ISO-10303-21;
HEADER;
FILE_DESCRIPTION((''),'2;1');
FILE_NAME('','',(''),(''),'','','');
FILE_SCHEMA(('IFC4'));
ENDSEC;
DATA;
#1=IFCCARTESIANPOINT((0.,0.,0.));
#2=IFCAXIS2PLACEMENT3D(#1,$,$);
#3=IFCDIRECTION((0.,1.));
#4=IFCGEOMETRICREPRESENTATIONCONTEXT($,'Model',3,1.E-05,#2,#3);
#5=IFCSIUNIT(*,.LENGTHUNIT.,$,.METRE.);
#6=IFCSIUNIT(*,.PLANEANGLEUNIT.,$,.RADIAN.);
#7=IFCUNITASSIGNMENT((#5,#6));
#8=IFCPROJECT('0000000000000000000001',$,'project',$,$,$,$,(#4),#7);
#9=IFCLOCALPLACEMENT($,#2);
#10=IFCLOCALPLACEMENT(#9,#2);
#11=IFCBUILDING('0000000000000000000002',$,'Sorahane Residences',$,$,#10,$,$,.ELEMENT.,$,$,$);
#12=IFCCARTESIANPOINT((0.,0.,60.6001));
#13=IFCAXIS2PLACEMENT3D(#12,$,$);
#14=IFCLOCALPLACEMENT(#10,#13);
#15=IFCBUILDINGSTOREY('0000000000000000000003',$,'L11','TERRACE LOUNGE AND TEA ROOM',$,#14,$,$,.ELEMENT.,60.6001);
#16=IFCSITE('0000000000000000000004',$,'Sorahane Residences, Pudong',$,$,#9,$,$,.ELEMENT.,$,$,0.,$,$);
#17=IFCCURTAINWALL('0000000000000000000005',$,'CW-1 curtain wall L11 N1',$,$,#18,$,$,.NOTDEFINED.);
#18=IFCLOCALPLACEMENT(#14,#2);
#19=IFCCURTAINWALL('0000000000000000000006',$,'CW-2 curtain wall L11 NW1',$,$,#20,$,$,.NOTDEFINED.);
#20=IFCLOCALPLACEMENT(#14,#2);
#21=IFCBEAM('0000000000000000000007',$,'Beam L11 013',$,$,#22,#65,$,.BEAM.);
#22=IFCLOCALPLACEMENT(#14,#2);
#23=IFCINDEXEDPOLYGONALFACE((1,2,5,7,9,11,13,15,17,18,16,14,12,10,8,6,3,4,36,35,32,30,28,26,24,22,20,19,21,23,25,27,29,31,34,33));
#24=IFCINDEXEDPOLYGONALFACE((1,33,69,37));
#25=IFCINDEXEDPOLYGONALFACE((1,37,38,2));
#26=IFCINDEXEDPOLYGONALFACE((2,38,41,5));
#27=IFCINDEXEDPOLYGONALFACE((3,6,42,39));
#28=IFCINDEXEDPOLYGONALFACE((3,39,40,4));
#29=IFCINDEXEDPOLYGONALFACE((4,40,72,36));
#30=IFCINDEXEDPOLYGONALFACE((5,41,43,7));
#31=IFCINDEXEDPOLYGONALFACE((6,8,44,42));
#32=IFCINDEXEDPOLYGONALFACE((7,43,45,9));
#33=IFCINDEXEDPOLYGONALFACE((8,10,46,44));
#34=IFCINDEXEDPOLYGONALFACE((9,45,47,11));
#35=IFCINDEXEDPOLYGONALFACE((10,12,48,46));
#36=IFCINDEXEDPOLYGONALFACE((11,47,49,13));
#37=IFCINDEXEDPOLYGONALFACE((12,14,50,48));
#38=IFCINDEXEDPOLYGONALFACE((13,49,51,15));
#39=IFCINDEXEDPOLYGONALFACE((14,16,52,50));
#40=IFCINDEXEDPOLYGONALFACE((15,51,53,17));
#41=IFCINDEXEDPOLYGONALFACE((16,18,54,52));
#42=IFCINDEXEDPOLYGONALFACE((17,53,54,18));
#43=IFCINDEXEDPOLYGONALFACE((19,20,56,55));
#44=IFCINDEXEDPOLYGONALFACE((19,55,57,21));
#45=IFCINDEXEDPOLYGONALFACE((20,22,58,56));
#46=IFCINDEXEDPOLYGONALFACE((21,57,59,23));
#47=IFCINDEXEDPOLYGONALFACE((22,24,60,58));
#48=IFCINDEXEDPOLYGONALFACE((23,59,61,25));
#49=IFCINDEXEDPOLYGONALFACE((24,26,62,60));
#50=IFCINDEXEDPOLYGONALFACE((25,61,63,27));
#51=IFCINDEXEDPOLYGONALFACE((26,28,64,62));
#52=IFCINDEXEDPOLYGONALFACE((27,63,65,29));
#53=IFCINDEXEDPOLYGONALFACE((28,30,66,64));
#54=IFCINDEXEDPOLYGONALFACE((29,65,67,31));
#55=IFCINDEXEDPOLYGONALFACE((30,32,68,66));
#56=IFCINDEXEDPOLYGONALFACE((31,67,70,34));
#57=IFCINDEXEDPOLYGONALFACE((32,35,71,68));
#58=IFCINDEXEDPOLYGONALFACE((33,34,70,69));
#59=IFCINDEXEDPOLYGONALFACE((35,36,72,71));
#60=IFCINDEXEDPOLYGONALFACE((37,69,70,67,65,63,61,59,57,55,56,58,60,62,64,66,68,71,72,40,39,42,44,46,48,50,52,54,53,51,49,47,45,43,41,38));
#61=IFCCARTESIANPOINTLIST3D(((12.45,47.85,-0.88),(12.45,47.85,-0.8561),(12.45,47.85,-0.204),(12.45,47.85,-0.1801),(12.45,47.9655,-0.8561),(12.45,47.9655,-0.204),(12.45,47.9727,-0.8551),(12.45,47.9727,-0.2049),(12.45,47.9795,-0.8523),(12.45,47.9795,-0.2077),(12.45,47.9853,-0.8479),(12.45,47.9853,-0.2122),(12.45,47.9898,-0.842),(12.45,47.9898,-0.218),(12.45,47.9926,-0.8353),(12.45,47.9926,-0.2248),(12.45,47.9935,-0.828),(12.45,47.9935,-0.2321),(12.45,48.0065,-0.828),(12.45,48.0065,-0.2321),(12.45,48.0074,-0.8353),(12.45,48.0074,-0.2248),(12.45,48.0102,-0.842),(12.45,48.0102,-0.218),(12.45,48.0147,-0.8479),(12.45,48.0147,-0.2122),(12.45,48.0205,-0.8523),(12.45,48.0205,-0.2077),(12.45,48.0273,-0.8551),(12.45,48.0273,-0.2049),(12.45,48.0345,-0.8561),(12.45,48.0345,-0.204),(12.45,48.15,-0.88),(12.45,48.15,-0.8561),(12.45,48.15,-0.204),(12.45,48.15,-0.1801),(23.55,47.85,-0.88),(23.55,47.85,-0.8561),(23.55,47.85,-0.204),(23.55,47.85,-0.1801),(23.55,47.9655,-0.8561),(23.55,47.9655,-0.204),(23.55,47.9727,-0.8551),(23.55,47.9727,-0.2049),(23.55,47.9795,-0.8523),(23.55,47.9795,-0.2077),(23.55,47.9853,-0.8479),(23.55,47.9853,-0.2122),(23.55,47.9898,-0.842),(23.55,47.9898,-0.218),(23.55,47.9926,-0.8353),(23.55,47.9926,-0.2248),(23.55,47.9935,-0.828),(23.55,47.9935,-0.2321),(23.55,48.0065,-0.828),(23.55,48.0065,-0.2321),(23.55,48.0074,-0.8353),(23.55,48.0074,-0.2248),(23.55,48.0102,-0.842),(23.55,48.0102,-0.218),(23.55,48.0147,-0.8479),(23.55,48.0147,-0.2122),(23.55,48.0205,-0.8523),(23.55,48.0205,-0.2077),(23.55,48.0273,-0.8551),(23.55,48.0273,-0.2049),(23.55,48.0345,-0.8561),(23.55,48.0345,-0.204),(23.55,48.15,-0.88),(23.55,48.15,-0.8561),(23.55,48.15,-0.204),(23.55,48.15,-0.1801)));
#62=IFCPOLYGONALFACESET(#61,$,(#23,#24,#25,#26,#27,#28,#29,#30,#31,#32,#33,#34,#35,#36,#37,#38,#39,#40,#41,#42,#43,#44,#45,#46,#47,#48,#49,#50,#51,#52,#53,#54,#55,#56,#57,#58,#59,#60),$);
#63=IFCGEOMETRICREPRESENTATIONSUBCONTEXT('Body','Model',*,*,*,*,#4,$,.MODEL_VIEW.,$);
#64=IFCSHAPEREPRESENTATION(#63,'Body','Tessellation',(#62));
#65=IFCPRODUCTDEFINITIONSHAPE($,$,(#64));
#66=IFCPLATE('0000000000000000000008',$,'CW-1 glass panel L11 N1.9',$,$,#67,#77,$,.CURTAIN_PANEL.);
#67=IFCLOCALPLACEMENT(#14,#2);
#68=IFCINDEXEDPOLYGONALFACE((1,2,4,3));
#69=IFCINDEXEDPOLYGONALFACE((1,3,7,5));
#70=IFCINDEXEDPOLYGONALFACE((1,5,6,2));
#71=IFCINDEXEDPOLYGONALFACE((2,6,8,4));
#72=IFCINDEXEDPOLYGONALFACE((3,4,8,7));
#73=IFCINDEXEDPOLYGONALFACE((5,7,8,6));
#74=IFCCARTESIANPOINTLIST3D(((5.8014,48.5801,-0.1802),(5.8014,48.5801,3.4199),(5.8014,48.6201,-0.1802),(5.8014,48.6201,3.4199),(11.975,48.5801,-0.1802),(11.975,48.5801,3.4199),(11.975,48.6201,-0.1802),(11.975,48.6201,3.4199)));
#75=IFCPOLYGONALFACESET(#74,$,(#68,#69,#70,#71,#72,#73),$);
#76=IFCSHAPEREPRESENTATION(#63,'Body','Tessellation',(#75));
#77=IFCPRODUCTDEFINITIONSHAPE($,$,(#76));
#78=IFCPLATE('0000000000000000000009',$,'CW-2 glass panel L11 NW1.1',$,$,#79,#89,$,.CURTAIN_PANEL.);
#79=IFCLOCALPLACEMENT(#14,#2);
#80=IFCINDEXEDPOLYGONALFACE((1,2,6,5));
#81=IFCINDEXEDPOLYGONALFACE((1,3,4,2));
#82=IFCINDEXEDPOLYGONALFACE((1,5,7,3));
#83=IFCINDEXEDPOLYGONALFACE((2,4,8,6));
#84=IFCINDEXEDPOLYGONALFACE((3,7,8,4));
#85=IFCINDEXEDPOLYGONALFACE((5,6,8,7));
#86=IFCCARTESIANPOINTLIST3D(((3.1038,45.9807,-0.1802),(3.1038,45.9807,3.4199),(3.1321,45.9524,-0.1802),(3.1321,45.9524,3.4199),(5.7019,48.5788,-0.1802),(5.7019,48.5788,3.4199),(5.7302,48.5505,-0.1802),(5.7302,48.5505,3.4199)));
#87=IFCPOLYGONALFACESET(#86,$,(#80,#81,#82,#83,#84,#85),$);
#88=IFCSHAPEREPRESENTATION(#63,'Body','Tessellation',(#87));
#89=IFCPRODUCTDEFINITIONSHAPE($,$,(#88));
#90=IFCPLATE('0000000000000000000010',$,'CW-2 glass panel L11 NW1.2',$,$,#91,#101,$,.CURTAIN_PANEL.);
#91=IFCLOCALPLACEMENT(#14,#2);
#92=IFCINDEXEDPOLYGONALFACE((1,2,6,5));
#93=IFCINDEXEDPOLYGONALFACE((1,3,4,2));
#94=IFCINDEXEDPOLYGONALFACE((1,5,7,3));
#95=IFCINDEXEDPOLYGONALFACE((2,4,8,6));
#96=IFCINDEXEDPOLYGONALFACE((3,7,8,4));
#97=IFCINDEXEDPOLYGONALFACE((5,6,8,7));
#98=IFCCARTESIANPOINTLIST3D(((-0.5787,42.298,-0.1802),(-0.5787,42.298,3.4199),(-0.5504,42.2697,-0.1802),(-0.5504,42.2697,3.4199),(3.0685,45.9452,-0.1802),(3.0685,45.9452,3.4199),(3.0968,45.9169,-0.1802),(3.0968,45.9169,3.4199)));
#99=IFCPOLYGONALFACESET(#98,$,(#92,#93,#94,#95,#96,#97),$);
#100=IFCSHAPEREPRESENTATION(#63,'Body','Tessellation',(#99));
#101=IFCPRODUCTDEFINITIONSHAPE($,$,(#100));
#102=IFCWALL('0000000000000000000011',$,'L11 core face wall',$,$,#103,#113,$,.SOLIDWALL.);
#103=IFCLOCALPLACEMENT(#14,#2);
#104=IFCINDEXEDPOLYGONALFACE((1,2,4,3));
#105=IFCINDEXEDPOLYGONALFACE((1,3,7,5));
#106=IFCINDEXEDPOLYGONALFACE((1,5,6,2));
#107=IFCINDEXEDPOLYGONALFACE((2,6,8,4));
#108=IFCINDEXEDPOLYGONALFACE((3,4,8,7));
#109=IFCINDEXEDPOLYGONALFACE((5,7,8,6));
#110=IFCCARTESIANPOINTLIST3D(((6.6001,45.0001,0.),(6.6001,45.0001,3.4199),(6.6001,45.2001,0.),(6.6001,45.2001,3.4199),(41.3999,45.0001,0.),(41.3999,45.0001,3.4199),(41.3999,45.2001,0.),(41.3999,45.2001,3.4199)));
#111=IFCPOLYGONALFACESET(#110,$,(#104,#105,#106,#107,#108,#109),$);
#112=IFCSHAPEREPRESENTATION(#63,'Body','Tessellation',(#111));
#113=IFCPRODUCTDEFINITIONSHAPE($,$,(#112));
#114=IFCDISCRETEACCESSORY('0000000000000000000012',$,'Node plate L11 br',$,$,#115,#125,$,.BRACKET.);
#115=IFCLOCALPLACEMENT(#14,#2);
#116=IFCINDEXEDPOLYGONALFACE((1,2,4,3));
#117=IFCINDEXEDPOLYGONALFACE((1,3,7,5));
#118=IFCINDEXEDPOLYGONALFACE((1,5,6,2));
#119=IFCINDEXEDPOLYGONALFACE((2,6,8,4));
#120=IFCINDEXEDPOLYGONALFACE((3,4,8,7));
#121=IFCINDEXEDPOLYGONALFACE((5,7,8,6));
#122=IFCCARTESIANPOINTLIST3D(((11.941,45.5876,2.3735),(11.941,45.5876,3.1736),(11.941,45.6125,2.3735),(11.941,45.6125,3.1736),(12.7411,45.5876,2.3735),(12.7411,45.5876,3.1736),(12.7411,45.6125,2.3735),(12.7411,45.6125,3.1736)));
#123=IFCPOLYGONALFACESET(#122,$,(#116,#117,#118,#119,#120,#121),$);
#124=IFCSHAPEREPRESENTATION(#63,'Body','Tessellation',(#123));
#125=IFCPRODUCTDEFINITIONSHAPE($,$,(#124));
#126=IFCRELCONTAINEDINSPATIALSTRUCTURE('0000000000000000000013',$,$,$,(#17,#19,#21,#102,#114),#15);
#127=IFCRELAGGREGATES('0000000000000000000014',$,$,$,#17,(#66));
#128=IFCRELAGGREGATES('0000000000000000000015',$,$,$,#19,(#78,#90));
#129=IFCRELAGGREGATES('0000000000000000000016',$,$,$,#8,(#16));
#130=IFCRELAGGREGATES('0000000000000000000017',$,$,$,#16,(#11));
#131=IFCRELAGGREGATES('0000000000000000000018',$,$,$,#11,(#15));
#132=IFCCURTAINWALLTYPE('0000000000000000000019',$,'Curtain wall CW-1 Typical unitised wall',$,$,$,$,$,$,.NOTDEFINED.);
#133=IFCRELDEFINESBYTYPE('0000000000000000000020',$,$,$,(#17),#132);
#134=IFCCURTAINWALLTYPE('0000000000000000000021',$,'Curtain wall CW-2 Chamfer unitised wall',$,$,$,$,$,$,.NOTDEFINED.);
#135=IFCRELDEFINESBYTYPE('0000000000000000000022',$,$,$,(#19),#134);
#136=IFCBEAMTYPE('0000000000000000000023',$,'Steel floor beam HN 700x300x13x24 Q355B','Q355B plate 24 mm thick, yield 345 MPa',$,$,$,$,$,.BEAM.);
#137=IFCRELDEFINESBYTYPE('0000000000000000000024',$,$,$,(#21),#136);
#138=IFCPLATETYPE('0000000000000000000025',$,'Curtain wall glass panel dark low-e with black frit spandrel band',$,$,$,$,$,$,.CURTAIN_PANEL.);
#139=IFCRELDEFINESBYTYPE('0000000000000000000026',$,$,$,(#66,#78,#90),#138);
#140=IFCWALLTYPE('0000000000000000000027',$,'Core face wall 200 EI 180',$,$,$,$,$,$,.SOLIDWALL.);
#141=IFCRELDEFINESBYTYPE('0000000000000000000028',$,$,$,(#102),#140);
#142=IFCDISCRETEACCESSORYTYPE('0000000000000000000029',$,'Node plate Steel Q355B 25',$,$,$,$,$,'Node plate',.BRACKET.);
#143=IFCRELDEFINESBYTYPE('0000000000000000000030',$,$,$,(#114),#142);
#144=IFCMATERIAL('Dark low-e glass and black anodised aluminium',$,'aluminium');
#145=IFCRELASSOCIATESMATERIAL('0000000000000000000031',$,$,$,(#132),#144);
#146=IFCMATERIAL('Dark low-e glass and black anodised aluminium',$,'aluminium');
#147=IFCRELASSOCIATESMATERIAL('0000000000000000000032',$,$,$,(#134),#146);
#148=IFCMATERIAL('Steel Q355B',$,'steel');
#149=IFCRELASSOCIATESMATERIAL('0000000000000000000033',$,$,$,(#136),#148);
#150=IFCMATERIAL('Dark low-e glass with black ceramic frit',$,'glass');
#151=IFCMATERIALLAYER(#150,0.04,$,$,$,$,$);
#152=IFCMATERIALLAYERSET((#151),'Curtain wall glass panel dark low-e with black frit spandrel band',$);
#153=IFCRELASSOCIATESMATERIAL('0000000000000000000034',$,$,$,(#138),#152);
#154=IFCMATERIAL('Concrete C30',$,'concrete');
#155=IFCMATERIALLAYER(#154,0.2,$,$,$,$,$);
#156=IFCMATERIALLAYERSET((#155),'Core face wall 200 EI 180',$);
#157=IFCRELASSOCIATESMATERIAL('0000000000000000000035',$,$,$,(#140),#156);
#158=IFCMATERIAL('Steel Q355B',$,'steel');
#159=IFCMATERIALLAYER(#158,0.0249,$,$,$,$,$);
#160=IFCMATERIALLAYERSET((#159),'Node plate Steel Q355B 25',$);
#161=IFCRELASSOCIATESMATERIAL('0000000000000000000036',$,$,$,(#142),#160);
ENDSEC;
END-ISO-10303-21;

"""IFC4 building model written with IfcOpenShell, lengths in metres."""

from ifc_helpers import new_model, si_unit, direction, frame, frame_2d, origin, origin_2d, place, context, subcontext, project, spatial, rectangle, i_section, extrude, material, layer, layer_set, material_profile, profile_set, type_object, element, aggregate, save


model = new_model("IFC4")

# Units and contexts
model_context = context("Model", 3, precision=1e-05, world=origin(), true_north=direction((0.0, 1.0)))
body_context = subcontext(model_context, "Body", "Model", "MODEL_VIEW")
ifc_project = project(units=[si_unit("LENGTHUNIT", "METRE"), si_unit("PLANEANGLEUNIT", "RADIAN")], contexts=[model_context])

# Site, building, storey
site_placement = place(None, origin())
site = spatial("IfcSite", under=ifc_project, at=site_placement, Name="Sorahane Residences, Pudong", CompositionType="ELEMENT", RefElevation=0.0)
building_placement = place(site_placement, origin())
building = spatial("IfcBuilding", under=site, at=building_placement, Name="Sorahane Residences", CompositionType="ELEMENT")
storey_placement = place(building_placement, frame((0.0, 0.0, 60.6001)))
storey = spatial("IfcBuildingStorey", under=building, at=storey_placement, Name="L11", Description="TERRACE LOUNGE AND TEA ROOM", CompositionType="ELEMENT", Elevation=60.6001)

# Curtain walls
ifc_material_1 = material(Name="Dark low-e glass and black anodised aluminium", Category="aluminium")
curtain_wall_type_1 = type_object("IfcCurtainWallType", Name="Curtain wall CW-1 Typical unitised wall", PredefinedType="NOTDEFINED", material=ifc_material_1)
curtain_wall_1_placement = place(storey_placement, origin())
curtain_wall_1 = element("IfcCurtainWall", 1, at=curtain_wall_1_placement, inside=storey, type_object=curtain_wall_type_1, Name="CW-1 curtain wall L11 N1", PredefinedType="NOTDEFINED")
ifc_material_2 = material(Name="Dark low-e glass and black anodised aluminium", Category="aluminium")
curtain_wall_type_2 = type_object("IfcCurtainWallType", Name="Curtain wall CW-2 Chamfer unitised wall", PredefinedType="NOTDEFINED", material=ifc_material_2)
curtain_wall_2_placement = place(storey_placement, origin())
curtain_wall_2 = element("IfcCurtainWall", 2, at=curtain_wall_2_placement, inside=storey, type_object=curtain_wall_type_2, Name="CW-2 curtain wall L11 NW1", PredefinedType="NOTDEFINED")

# Beam
ifc_material_3 = material(Name="Steel Q355B", Category="steel")
ifc_material_profile_1 = material_profile(ifc_material_3, i_section(OverallWidth=0.3, OverallDepth=0.7, WebThickness=0.0129, FlangeThickness=0.0239, FilletRadius=0.0281, at=origin_2d()), Name="HN 700x300x13x24")
ifc_profile_set_1 = profile_set([ifc_material_profile_1], Name="Steel Q355B")
beam_type_1 = type_object("IfcBeamType", Name="Steel floor beam HN 700x300x13x24 Q355B", Description="Q355B plate 24 mm thick, yield 345 MPa", PredefinedType="BEAM", material=ifc_profile_set_1)
beam_1_placement = place(storey_placement, frame((12.45, 48.0, -0.53), z_axis=(1.0, 0.0, 0.0), x_axis=(0.0, 1.0, 0.0)))
element("IfcBeam", 3, at=beam_1_placement, inside=storey, type_object=beam_type_1, Name="Beam L11 013", PredefinedType="BEAM", context=body_context, shape_type="SweptSolid", body=[
    extrude(i_section(OverallWidth=0.3, OverallDepth=0.7, WebThickness=0.0129, FlangeThickness=0.0239, FilletRadius=0.0281, at=origin_2d()), origin(), (0.0, 0.0, 1.0), 11.1001),
])

# Plates
ifc_material_4 = material(Name="Dark low-e glass with black ceramic frit", Category="glass")
ifc_layer_1 = layer(ifc_material_4, 0.04)
ifc_layer_set_1 = layer_set([ifc_layer_1], Name="Curtain wall glass panel dark low-e with black frit spandrel band")
plate_type = type_object("IfcPlateType", Name="Curtain wall glass panel dark low-e with black frit spandrel band", PredefinedType="CURTAIN_PANEL", material=ifc_layer_set_1)
plate_1_placement = place(storey_placement, frame((8.8882, 48.6001, -0.1802), z_axis=(0.0, 0.0, 1.0), x_axis=(-1.0, 0.0, 0.0)))
plate_1 = element("IfcPlate", 4, at=plate_1_placement, type_object=plate_type, Name="CW-1 glass panel L11 N1.9", PredefinedType="CURTAIN_PANEL", context=body_context, shape_type="SweptSolid", body=[
    extrude(rectangle(XDim=6.1736, YDim=0.04, at=origin_2d()), origin(), (0.0, 0.0, 1.0), 3.6001),
])
aggregate(curtain_wall_1, [plate_1])
plate_2_placement = place(storey_placement, frame((4.417, 47.2656, -0.1802), z_axis=(0.0, 0.0, 1.0), x_axis=(-0.707107, -0.707107, 0.0)))
plate_2 = element("IfcPlate", 5, at=plate_2_placement, type_object=plate_type, Name="CW-2 glass panel L11 NW1.1", PredefinedType="CURTAIN_PANEL", context=body_context, shape_type="SweptSolid", body=[
    extrude(rectangle(XDim=3.6743, YDim=0.04, at=origin_2d()), origin(), (0.0, 0.0, 1.0), 3.6001),
])
plate_3_placement = place(storey_placement, frame((1.259, 44.1074, -0.1802), z_axis=(0.0, 0.0, 1.0), x_axis=(-0.707107, -0.707107, 0.0)))
plate_3 = element("IfcPlate", 6, at=plate_3_placement, type_object=plate_type, Name="CW-2 glass panel L11 NW1.2", PredefinedType="CURTAIN_PANEL", context=body_context, shape_type="SweptSolid", body=[
    extrude(rectangle(XDim=5.158, YDim=0.04, at=origin_2d()), origin(), (0.0, 0.0, 1.0), 3.6001),
])
aggregate(curtain_wall_2, [plate_2, plate_3])

# Wall
ifc_material_5 = material(Name="Concrete C30", Category="concrete")
ifc_layer_2 = layer(ifc_material_5, 0.2)
ifc_layer_set_2 = layer_set([ifc_layer_2], Name="Core face wall 200 EI 180")
wall_type = type_object("IfcWallType", Name="Core face wall 200 EI 180", PredefinedType="SOLIDWALL", material=ifc_layer_set_2)
wall_placement = place(storey_placement, frame((6.6001, 45.1001, 0.0), z_axis=(0.0, 0.0, 1.0), x_axis=(1.0, 0.0, 0.0)))
element("IfcWall", 7, at=wall_placement, inside=storey, type_object=wall_type, Name="L11 core face wall", PredefinedType="SOLIDWALL", context=body_context, shape_type="SweptSolid", body=[
    extrude(rectangle(XDim=34.7998, YDim=0.2, at=frame_2d((17.3999, 0.0))), origin(), (0.0, 0.0, 1.0), 3.4199),
])

# Discrete accessory
ifc_material_6 = material(Name="Steel Q355B", Category="steel")
ifc_layer_3 = layer(ifc_material_6, 0.0249)
ifc_layer_set_3 = layer_set([ifc_layer_3], Name="Node plate Steel Q355B 25")
discrete_accessory_type = type_object("IfcDiscreteAccessoryType", Name="Node plate Steel Q355B 25", ElementType="Node plate", PredefinedType="BRACKET", material=ifc_layer_set_3)
discrete_accessory_placement = place(storey_placement, frame((12.3411, 45.6001, 2.3735), z_axis=(0.0, 0.0, 1.0), x_axis=(1.0, 0.0, 0.0)))
element("IfcDiscreteAccessory", 8, at=discrete_accessory_placement, inside=storey, type_object=discrete_accessory_type, Name="Node plate L11 br", PredefinedType="BRACKET", context=body_context, shape_type="SweptSolid", body=[
    extrude(rectangle(XDim=0.8, YDim=0.0249, at=origin_2d()), origin(), (0.0, 0.0, 1.0), 0.8),
])

save(model, "model.ifc")
